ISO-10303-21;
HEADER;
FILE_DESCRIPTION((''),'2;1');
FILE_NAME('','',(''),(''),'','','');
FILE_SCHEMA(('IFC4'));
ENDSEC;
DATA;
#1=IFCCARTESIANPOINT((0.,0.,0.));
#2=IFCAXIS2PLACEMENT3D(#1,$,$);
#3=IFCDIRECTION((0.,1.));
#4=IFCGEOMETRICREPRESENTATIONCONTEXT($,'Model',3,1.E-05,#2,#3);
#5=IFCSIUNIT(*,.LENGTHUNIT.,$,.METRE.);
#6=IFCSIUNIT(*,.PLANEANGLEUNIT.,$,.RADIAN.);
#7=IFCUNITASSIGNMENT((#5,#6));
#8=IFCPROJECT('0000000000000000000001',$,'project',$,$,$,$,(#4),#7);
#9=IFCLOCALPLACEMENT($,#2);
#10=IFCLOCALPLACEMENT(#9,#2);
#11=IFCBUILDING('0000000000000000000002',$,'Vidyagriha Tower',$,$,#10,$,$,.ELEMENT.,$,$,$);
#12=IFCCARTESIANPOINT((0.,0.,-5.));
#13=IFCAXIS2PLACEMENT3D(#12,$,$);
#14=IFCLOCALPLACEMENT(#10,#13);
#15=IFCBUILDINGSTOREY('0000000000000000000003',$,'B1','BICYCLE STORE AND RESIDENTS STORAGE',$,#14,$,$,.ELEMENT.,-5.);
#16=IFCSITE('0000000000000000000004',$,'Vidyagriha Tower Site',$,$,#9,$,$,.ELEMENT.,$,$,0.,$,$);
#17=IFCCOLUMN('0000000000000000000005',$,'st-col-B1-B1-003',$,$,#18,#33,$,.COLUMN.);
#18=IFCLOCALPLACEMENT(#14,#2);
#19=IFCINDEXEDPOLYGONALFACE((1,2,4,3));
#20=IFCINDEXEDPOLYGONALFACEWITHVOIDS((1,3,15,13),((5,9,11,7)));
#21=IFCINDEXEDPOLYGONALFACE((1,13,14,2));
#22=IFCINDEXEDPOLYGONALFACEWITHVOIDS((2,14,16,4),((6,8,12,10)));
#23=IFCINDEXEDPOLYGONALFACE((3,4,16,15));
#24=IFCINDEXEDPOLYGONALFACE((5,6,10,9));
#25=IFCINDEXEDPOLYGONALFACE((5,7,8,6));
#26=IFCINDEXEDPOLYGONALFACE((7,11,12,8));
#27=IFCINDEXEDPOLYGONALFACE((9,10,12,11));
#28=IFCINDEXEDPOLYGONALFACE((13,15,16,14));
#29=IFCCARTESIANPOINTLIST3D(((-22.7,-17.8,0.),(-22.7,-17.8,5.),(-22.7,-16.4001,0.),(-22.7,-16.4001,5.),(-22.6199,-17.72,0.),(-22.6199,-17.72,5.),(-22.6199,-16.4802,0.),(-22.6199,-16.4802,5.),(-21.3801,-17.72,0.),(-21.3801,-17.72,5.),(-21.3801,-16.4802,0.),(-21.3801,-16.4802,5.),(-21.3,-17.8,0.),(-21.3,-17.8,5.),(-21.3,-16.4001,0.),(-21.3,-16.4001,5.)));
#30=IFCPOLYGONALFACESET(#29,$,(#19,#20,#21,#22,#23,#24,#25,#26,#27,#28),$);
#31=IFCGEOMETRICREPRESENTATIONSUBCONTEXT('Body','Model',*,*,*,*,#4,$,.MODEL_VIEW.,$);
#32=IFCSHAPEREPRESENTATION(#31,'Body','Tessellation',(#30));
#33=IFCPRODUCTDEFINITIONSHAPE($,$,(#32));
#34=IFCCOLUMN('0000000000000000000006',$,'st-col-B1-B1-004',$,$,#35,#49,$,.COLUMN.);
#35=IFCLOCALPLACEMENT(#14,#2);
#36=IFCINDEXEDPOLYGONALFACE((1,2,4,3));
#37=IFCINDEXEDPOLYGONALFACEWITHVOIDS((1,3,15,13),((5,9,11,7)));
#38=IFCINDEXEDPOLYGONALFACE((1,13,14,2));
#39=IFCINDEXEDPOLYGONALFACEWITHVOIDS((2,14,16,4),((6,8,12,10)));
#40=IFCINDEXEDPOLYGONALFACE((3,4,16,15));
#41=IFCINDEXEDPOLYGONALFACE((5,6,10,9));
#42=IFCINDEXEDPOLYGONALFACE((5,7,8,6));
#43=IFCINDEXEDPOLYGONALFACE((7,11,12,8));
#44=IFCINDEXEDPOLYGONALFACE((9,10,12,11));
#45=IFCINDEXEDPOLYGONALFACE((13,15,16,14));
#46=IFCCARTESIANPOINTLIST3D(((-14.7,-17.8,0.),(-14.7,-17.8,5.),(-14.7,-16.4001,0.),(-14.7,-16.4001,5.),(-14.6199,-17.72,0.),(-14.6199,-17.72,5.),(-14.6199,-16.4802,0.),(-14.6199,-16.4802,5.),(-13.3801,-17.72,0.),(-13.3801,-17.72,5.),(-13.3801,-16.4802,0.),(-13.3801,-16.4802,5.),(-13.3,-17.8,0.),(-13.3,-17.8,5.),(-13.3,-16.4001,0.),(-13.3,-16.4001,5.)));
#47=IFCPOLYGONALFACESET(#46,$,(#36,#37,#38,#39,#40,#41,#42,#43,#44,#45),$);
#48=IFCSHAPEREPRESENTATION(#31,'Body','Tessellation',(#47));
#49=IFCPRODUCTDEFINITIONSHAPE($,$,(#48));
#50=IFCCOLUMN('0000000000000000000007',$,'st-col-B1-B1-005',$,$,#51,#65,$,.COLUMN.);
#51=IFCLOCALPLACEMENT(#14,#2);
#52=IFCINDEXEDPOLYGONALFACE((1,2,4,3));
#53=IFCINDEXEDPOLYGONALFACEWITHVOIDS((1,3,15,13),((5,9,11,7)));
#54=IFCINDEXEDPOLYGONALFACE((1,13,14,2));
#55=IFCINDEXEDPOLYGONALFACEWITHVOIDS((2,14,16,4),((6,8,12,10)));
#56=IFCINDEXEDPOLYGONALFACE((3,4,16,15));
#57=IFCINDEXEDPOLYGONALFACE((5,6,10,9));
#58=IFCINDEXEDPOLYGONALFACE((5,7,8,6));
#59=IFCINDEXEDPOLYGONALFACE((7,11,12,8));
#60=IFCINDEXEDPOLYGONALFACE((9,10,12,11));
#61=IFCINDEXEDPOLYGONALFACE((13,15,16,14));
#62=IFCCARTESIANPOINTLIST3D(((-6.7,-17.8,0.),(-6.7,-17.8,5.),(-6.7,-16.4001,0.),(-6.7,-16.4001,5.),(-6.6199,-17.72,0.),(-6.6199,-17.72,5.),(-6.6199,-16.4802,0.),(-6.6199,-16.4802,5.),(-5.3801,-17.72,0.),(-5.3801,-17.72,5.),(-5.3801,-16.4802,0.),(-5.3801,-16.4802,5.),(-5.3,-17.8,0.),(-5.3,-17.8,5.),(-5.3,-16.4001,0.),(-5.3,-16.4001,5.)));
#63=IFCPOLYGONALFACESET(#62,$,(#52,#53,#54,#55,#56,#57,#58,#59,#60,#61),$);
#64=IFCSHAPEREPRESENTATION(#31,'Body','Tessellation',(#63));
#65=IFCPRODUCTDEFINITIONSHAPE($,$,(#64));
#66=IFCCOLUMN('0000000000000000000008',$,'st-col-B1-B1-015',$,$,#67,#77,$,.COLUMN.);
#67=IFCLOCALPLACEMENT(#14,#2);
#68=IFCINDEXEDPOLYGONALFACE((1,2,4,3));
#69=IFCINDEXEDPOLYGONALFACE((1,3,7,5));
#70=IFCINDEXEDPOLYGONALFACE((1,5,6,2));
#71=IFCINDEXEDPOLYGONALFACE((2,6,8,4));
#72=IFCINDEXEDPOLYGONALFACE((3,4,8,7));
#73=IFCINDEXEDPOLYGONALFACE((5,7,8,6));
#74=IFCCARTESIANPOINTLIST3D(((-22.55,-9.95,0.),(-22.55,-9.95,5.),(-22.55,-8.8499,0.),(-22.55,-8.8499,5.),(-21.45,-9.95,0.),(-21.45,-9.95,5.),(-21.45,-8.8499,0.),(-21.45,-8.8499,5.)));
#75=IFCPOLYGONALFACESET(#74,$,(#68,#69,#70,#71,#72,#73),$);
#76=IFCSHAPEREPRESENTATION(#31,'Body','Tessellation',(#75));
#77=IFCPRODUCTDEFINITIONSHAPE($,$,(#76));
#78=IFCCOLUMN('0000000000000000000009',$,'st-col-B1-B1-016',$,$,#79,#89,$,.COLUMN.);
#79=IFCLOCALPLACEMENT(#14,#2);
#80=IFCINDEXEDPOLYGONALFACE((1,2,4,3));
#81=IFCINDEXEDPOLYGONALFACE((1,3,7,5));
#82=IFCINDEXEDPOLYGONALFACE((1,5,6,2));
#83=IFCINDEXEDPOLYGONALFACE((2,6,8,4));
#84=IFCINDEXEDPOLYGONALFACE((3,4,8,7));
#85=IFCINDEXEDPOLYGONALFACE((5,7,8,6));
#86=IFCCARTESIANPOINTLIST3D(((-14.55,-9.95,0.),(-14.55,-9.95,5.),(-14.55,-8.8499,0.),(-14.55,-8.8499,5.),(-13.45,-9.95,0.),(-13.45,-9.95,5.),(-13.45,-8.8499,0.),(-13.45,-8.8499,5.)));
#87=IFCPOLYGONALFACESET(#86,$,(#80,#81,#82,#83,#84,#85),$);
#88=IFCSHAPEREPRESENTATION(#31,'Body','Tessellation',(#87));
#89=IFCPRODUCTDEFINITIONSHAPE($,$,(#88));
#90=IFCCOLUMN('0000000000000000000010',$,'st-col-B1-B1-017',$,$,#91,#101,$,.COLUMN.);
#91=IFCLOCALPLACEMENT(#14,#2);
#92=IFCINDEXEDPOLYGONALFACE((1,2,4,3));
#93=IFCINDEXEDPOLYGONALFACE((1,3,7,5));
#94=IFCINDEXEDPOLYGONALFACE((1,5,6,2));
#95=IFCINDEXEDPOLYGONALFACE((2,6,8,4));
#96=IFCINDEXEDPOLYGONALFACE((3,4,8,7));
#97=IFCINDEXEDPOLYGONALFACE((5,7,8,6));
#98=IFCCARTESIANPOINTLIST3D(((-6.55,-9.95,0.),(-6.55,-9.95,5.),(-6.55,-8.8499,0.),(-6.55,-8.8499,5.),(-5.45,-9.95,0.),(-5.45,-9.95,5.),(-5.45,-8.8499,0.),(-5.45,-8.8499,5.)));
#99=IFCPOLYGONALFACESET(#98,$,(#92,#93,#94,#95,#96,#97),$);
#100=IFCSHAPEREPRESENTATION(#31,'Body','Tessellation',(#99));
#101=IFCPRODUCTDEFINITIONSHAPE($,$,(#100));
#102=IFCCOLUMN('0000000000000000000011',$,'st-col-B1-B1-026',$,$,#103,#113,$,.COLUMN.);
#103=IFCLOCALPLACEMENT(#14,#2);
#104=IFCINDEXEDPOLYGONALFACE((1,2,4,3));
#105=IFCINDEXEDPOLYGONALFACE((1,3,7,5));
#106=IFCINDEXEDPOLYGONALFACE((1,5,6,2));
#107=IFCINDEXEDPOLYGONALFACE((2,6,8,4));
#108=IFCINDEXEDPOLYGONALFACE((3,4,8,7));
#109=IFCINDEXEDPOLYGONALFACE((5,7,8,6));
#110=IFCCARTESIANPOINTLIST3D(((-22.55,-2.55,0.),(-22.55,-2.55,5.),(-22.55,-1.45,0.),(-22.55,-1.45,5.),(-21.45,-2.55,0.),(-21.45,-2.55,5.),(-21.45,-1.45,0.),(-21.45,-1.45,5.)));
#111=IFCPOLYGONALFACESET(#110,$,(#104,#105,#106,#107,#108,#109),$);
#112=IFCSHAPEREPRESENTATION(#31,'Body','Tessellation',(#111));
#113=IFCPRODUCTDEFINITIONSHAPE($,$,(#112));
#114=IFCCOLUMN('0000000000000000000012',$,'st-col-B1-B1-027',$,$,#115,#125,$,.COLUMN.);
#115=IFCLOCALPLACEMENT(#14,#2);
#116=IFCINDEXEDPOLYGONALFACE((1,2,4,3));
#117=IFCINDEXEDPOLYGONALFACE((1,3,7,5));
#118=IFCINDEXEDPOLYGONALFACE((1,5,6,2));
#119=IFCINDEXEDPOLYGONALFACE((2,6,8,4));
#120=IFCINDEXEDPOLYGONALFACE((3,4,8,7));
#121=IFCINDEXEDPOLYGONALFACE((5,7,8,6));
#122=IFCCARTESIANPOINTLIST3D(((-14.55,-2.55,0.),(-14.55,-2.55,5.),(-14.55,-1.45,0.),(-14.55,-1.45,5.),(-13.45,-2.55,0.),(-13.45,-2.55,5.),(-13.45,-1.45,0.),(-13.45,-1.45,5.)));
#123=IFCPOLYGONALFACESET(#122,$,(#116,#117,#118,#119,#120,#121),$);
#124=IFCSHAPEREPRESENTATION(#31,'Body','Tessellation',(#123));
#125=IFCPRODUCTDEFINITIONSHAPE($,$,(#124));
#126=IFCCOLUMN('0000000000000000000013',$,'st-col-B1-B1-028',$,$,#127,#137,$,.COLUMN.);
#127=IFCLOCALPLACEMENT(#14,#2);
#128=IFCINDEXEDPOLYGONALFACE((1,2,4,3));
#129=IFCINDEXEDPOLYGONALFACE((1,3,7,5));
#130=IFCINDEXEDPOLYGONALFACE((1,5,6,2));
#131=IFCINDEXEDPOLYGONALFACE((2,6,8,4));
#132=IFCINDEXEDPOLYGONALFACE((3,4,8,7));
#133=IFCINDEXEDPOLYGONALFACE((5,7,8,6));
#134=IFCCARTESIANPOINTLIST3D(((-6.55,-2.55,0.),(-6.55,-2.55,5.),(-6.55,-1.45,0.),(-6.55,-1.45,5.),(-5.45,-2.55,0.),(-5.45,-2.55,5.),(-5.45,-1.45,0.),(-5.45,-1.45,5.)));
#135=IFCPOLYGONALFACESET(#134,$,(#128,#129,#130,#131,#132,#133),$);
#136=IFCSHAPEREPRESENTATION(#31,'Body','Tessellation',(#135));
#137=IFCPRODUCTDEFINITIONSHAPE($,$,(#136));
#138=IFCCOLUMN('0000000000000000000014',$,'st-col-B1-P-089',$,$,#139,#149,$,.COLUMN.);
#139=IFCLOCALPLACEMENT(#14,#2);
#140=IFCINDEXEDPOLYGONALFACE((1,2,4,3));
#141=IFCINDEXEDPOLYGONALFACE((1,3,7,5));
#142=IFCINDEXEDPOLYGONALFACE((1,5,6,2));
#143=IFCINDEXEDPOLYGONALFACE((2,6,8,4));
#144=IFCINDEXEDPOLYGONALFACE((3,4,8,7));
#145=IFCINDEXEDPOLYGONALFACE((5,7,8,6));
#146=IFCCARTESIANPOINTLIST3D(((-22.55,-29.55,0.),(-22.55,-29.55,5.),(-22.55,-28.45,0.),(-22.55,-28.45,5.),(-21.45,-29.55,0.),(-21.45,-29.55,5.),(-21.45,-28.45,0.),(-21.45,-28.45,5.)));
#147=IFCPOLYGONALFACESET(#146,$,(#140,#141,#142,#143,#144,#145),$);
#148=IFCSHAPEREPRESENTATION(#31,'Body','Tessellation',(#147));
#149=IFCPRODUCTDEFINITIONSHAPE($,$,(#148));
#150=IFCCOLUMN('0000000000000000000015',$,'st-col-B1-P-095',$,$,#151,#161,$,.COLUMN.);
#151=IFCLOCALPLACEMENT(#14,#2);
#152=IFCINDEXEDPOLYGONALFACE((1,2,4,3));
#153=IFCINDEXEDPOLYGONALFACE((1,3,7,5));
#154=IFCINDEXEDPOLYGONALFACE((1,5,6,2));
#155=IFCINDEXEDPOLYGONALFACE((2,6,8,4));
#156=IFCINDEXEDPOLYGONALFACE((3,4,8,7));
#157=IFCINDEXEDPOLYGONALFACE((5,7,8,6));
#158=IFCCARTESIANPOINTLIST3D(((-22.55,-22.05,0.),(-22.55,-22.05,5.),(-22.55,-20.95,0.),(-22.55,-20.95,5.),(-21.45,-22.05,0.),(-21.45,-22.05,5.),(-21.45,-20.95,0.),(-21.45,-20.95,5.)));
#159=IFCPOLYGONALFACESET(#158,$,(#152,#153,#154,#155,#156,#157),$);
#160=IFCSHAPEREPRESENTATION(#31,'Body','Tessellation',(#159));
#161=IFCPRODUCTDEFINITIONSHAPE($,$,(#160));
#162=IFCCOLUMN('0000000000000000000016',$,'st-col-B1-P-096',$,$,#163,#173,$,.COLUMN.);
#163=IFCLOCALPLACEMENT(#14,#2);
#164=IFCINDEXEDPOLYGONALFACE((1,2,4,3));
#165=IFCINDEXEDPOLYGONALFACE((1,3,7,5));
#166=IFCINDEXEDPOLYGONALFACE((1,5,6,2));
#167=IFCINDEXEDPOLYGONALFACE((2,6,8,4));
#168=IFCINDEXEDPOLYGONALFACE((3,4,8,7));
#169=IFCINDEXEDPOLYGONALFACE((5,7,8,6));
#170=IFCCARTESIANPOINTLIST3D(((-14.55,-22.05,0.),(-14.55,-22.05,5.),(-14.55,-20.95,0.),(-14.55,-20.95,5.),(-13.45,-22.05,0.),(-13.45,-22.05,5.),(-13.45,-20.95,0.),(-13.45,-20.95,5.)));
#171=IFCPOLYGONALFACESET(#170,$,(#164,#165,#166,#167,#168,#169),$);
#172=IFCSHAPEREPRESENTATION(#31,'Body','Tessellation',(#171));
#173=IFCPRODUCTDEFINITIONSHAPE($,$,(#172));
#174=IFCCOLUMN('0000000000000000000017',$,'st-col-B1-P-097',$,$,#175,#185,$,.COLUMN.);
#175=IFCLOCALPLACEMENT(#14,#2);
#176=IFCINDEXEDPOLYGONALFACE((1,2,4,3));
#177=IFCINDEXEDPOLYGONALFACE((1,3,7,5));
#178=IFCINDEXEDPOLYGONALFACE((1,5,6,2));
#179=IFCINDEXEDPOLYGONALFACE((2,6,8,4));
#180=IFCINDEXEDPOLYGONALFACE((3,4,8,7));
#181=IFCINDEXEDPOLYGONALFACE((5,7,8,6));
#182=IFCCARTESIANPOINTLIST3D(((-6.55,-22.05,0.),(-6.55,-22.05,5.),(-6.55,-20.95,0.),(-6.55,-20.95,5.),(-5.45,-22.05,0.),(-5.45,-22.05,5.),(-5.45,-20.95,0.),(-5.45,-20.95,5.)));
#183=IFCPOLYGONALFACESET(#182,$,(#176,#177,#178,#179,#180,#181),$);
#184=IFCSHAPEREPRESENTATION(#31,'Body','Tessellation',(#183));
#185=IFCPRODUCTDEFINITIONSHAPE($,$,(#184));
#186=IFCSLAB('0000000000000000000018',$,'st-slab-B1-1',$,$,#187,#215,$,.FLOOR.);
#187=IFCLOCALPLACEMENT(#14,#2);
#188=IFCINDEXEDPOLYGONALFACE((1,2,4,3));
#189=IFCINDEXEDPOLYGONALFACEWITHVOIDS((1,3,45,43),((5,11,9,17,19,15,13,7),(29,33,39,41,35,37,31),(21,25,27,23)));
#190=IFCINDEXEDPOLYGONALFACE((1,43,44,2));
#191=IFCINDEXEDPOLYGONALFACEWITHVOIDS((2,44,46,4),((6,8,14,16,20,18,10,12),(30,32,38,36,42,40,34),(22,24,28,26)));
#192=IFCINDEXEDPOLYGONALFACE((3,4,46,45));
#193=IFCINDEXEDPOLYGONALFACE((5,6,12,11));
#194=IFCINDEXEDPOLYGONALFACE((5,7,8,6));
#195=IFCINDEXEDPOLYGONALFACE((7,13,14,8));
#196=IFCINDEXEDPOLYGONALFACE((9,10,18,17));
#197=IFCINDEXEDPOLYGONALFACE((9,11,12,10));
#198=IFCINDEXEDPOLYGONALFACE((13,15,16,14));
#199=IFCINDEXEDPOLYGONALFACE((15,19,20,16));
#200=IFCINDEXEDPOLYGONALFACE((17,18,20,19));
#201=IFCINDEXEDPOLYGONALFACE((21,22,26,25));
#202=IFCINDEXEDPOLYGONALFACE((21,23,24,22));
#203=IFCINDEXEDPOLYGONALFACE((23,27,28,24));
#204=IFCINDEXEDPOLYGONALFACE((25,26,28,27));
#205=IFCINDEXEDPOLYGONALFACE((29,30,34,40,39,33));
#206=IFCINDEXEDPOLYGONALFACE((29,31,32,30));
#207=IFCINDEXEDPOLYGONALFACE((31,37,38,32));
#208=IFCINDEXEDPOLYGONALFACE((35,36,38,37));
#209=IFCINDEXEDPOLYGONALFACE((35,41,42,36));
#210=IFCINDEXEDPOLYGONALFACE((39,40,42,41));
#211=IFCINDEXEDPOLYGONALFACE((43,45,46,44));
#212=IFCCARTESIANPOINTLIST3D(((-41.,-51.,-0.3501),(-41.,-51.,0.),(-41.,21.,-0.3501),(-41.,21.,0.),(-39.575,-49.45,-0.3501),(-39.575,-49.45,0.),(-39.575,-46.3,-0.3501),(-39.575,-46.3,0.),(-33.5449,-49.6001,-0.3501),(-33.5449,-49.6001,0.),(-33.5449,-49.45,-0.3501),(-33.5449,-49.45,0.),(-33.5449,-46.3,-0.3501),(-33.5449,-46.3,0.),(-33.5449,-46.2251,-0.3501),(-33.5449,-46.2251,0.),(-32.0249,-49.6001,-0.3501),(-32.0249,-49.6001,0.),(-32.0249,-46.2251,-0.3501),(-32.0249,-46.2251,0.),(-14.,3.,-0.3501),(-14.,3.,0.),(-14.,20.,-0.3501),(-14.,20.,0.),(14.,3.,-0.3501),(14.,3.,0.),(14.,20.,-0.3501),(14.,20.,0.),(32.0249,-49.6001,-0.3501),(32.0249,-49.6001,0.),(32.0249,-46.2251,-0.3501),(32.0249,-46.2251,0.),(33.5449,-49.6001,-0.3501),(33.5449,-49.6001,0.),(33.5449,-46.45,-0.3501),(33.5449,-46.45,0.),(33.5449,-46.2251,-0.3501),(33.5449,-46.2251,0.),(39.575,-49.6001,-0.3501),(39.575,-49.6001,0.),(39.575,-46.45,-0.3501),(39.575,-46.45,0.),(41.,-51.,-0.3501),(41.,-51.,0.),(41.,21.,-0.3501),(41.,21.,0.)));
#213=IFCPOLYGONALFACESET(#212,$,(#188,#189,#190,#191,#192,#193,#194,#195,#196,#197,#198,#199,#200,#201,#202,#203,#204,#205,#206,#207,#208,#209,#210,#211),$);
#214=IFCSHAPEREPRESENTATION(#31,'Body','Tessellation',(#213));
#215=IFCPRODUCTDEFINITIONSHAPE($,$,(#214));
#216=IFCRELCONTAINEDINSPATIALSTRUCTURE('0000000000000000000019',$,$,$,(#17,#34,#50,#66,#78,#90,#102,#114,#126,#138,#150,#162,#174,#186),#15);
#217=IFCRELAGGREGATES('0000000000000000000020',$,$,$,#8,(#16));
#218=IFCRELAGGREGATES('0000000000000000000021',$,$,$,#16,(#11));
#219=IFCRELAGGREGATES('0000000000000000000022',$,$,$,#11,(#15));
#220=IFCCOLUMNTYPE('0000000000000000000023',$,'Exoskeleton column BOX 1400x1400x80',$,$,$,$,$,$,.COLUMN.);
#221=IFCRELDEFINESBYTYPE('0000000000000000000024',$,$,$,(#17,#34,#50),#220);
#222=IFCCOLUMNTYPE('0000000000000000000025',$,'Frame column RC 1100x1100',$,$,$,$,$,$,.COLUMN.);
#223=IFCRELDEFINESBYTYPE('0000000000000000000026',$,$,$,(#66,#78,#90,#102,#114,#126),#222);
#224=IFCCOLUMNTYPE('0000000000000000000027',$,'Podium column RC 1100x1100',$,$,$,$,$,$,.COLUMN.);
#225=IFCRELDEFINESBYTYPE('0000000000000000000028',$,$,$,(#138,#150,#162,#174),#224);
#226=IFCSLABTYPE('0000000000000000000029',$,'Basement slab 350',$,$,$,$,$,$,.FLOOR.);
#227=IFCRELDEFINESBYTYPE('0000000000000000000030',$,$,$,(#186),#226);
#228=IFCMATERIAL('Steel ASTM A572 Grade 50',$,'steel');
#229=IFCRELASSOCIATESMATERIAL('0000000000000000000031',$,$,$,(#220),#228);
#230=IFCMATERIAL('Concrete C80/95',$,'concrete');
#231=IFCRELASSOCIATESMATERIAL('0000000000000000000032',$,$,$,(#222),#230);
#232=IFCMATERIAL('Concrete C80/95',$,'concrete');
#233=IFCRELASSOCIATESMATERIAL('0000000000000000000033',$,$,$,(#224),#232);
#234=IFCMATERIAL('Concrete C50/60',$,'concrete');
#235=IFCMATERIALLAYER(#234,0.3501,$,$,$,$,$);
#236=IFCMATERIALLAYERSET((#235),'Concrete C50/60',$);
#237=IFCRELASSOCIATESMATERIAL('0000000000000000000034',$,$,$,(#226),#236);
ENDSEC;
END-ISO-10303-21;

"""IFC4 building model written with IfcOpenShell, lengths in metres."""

from ifc_helpers import new_model, si_unit, direction, frame, origin, origin_2d, place, context, subcontext, project, spatial, polyline, rectangle, hollow_rectangle, outline, extrude, material, layer, layer_set, material_profile, profile_set, type_object, element, save


model = new_model("IFC4")

# Units and contexts
model_context = context("Model", 3, precision=1e-05, world=origin(), true_north=direction((0.0, 1.0)))
body_context = subcontext(model_context, "Body", "Model", "MODEL_VIEW")
ifc_project = project(units=[si_unit("LENGTHUNIT", "METRE"), si_unit("PLANEANGLEUNIT", "RADIAN")], contexts=[model_context])

# Site, building, storey
site_placement = place(None, origin())
site = spatial("IfcSite", under=ifc_project, at=site_placement, Name="Vidyagriha Tower Site", CompositionType="ELEMENT", RefElevation=0.0)
building_placement = place(site_placement, origin())
building = spatial("IfcBuilding", under=site, at=building_placement, Name="Vidyagriha Tower", CompositionType="ELEMENT")
storey_placement = place(building_placement, frame((0.0, 0.0, -5.0)))
storey = spatial("IfcBuildingStorey", under=building, at=storey_placement, Name="B1", Description="BICYCLE STORE AND RESIDENTS STORAGE", CompositionType="ELEMENT", Elevation=-5.0)

# Columns
ifc_material_1 = material(Name="Steel ASTM A572 Grade 50", Category="steel")
ifc_material_profile_1 = material_profile(ifc_material_1, hollow_rectangle(XDim=1.3999, YDim=1.3999, WallThickness=0.0801, at=origin_2d()), Name="BOX 1400x1400x80")
ifc_profile_set_1 = profile_set([ifc_material_profile_1], Name="Steel ASTM A572 Grade 50")
column_type_1 = type_object("IfcColumnType", Name="Exoskeleton column BOX 1400x1400x80", PredefinedType="COLUMN", material=ifc_profile_set_1)
for number, where, name in (
    (1, (-22.0, -17.1001, 0.0), "st-col-B1-B1-003"),
    (2, (-14.0, -17.1001, 0.0), "st-col-B1-B1-004"),
    (3, (-6.0, -17.1001, 0.0), "st-col-B1-B1-005"),
):
    element("IfcColumn", number, at=place(storey_placement, frame(where)), inside=storey, type_object=column_type_1, Name=name, PredefinedType="COLUMN", context=body_context, shape_type="SweptSolid", body=[
        extrude(hollow_rectangle(XDim=1.3999, YDim=1.3999, WallThickness=0.0801, at=origin_2d()), origin(), (0.0, 0.0, 1.0), 5.0),
    ])
ifc_material_2 = material(Name="Concrete C80/95", Category="concrete")
ifc_material_profile_2 = material_profile(ifc_material_2, rectangle(XDim=1.1001, YDim=1.1001, at=origin_2d()), Name="RC 1100x1100")
ifc_profile_set_2 = profile_set([ifc_material_profile_2], Name="Concrete C80/95")
column_type_2 = type_object("IfcColumnType", Name="Frame column RC 1100x1100", PredefinedType="COLUMN", material=ifc_profile_set_2)
for number, where, name in (
    (4, (-22.0, -9.3999, 0.0), "st-col-B1-B1-015"),
    (5, (-14.0, -9.3999, 0.0), "st-col-B1-B1-016"),
    (6, (-6.0, -9.3999, 0.0), "st-col-B1-B1-017"),
    (7, (-22.0, -2.0, 0.0), "st-col-B1-B1-026"),
    (8, (-14.0, -2.0, 0.0), "st-col-B1-B1-027"),
    (9, (-6.0, -2.0, 0.0), "st-col-B1-B1-028"),
):
    element("IfcColumn", number, at=place(storey_placement, frame(where)), inside=storey, type_object=column_type_2, Name=name, PredefinedType="COLUMN", context=body_context, shape_type="SweptSolid", body=[
        extrude(rectangle(XDim=1.1001, YDim=1.1001, at=origin_2d()), origin(), (0.0, 0.0, 1.0), 5.0),
    ])
ifc_material_3 = material(Name="Concrete C80/95", Category="concrete")
ifc_material_profile_3 = material_profile(ifc_material_3, rectangle(XDim=1.1001, YDim=1.1001, at=origin_2d()), Name="RC 1100x1100")
ifc_profile_set_3 = profile_set([ifc_material_profile_3], Name="Concrete C80/95")
column_type_3 = type_object("IfcColumnType", Name="Podium column RC 1100x1100", PredefinedType="COLUMN", material=ifc_profile_set_3)
for number, where, name in (
    (10, (-22.0, -29.0, 0.0), "st-col-B1-P-089"),
    (11, (-22.0, -21.5, 0.0), "st-col-B1-P-095"),
    (12, (-14.0, -21.5, 0.0), "st-col-B1-P-096"),
    (13, (-6.0, -21.5, 0.0), "st-col-B1-P-097"),
):
    element("IfcColumn", number, at=place(storey_placement, frame(where)), inside=storey, type_object=column_type_3, Name=name, PredefinedType="COLUMN", context=body_context, shape_type="SweptSolid", body=[
        extrude(rectangle(XDim=1.1001, YDim=1.1001, at=origin_2d()), origin(), (0.0, 0.0, 1.0), 5.0),
    ])

# Slab
ifc_material_4 = material(Name="Concrete C50/60", Category="concrete")
ifc_layer_1 = layer(ifc_material_4, 0.3501)
ifc_layer_set_1 = layer_set([ifc_layer_1], Name="Concrete C50/60")
slab_type = type_object("IfcSlabType", Name="Basement slab 350", PredefinedType="FLOOR", material=ifc_layer_set_1)
slab_placement = place(storey_placement, frame((0.0, 0.0, -0.3501)))
element("IfcSlab", 14, at=slab_placement, inside=storey, type_object=slab_type, Name="st-slab-B1-1", PredefinedType="FLOOR", context=body_context, shape_type="SweptSolid", body=[
    extrude(outline(polyline([(-41.0, -51.0), (-41.0, 21.0), (41.0, 21.0), (41.0, -51.0), (-41.0, -51.0)]), holes=[polyline([(14.0, 20.0), (-14.0, 20.0), (-14.0, 3.0), (14.0, 3.0), (14.0, 20.0)]), polyline([(-33.5449, -46.2251), (-33.5449, -46.3), (-39.575, -46.3), (-39.575, -49.45), (-33.5449, -49.45), (-33.5449, -49.6001), (-32.0249, -49.6001), (-32.0249, -46.2251), (-33.5449, -46.2251)]), polyline([(33.5449, -49.6001), (39.575, -49.6001), (39.575, -46.45), (33.5449, -46.45), (33.5449, -46.2251), (32.0249, -46.2251), (32.0249, -49.6001), (33.5449, -49.6001)])]), origin(), (0.0, 0.0, 1.0), 0.3501),
])

save(model, "model.ifc")
